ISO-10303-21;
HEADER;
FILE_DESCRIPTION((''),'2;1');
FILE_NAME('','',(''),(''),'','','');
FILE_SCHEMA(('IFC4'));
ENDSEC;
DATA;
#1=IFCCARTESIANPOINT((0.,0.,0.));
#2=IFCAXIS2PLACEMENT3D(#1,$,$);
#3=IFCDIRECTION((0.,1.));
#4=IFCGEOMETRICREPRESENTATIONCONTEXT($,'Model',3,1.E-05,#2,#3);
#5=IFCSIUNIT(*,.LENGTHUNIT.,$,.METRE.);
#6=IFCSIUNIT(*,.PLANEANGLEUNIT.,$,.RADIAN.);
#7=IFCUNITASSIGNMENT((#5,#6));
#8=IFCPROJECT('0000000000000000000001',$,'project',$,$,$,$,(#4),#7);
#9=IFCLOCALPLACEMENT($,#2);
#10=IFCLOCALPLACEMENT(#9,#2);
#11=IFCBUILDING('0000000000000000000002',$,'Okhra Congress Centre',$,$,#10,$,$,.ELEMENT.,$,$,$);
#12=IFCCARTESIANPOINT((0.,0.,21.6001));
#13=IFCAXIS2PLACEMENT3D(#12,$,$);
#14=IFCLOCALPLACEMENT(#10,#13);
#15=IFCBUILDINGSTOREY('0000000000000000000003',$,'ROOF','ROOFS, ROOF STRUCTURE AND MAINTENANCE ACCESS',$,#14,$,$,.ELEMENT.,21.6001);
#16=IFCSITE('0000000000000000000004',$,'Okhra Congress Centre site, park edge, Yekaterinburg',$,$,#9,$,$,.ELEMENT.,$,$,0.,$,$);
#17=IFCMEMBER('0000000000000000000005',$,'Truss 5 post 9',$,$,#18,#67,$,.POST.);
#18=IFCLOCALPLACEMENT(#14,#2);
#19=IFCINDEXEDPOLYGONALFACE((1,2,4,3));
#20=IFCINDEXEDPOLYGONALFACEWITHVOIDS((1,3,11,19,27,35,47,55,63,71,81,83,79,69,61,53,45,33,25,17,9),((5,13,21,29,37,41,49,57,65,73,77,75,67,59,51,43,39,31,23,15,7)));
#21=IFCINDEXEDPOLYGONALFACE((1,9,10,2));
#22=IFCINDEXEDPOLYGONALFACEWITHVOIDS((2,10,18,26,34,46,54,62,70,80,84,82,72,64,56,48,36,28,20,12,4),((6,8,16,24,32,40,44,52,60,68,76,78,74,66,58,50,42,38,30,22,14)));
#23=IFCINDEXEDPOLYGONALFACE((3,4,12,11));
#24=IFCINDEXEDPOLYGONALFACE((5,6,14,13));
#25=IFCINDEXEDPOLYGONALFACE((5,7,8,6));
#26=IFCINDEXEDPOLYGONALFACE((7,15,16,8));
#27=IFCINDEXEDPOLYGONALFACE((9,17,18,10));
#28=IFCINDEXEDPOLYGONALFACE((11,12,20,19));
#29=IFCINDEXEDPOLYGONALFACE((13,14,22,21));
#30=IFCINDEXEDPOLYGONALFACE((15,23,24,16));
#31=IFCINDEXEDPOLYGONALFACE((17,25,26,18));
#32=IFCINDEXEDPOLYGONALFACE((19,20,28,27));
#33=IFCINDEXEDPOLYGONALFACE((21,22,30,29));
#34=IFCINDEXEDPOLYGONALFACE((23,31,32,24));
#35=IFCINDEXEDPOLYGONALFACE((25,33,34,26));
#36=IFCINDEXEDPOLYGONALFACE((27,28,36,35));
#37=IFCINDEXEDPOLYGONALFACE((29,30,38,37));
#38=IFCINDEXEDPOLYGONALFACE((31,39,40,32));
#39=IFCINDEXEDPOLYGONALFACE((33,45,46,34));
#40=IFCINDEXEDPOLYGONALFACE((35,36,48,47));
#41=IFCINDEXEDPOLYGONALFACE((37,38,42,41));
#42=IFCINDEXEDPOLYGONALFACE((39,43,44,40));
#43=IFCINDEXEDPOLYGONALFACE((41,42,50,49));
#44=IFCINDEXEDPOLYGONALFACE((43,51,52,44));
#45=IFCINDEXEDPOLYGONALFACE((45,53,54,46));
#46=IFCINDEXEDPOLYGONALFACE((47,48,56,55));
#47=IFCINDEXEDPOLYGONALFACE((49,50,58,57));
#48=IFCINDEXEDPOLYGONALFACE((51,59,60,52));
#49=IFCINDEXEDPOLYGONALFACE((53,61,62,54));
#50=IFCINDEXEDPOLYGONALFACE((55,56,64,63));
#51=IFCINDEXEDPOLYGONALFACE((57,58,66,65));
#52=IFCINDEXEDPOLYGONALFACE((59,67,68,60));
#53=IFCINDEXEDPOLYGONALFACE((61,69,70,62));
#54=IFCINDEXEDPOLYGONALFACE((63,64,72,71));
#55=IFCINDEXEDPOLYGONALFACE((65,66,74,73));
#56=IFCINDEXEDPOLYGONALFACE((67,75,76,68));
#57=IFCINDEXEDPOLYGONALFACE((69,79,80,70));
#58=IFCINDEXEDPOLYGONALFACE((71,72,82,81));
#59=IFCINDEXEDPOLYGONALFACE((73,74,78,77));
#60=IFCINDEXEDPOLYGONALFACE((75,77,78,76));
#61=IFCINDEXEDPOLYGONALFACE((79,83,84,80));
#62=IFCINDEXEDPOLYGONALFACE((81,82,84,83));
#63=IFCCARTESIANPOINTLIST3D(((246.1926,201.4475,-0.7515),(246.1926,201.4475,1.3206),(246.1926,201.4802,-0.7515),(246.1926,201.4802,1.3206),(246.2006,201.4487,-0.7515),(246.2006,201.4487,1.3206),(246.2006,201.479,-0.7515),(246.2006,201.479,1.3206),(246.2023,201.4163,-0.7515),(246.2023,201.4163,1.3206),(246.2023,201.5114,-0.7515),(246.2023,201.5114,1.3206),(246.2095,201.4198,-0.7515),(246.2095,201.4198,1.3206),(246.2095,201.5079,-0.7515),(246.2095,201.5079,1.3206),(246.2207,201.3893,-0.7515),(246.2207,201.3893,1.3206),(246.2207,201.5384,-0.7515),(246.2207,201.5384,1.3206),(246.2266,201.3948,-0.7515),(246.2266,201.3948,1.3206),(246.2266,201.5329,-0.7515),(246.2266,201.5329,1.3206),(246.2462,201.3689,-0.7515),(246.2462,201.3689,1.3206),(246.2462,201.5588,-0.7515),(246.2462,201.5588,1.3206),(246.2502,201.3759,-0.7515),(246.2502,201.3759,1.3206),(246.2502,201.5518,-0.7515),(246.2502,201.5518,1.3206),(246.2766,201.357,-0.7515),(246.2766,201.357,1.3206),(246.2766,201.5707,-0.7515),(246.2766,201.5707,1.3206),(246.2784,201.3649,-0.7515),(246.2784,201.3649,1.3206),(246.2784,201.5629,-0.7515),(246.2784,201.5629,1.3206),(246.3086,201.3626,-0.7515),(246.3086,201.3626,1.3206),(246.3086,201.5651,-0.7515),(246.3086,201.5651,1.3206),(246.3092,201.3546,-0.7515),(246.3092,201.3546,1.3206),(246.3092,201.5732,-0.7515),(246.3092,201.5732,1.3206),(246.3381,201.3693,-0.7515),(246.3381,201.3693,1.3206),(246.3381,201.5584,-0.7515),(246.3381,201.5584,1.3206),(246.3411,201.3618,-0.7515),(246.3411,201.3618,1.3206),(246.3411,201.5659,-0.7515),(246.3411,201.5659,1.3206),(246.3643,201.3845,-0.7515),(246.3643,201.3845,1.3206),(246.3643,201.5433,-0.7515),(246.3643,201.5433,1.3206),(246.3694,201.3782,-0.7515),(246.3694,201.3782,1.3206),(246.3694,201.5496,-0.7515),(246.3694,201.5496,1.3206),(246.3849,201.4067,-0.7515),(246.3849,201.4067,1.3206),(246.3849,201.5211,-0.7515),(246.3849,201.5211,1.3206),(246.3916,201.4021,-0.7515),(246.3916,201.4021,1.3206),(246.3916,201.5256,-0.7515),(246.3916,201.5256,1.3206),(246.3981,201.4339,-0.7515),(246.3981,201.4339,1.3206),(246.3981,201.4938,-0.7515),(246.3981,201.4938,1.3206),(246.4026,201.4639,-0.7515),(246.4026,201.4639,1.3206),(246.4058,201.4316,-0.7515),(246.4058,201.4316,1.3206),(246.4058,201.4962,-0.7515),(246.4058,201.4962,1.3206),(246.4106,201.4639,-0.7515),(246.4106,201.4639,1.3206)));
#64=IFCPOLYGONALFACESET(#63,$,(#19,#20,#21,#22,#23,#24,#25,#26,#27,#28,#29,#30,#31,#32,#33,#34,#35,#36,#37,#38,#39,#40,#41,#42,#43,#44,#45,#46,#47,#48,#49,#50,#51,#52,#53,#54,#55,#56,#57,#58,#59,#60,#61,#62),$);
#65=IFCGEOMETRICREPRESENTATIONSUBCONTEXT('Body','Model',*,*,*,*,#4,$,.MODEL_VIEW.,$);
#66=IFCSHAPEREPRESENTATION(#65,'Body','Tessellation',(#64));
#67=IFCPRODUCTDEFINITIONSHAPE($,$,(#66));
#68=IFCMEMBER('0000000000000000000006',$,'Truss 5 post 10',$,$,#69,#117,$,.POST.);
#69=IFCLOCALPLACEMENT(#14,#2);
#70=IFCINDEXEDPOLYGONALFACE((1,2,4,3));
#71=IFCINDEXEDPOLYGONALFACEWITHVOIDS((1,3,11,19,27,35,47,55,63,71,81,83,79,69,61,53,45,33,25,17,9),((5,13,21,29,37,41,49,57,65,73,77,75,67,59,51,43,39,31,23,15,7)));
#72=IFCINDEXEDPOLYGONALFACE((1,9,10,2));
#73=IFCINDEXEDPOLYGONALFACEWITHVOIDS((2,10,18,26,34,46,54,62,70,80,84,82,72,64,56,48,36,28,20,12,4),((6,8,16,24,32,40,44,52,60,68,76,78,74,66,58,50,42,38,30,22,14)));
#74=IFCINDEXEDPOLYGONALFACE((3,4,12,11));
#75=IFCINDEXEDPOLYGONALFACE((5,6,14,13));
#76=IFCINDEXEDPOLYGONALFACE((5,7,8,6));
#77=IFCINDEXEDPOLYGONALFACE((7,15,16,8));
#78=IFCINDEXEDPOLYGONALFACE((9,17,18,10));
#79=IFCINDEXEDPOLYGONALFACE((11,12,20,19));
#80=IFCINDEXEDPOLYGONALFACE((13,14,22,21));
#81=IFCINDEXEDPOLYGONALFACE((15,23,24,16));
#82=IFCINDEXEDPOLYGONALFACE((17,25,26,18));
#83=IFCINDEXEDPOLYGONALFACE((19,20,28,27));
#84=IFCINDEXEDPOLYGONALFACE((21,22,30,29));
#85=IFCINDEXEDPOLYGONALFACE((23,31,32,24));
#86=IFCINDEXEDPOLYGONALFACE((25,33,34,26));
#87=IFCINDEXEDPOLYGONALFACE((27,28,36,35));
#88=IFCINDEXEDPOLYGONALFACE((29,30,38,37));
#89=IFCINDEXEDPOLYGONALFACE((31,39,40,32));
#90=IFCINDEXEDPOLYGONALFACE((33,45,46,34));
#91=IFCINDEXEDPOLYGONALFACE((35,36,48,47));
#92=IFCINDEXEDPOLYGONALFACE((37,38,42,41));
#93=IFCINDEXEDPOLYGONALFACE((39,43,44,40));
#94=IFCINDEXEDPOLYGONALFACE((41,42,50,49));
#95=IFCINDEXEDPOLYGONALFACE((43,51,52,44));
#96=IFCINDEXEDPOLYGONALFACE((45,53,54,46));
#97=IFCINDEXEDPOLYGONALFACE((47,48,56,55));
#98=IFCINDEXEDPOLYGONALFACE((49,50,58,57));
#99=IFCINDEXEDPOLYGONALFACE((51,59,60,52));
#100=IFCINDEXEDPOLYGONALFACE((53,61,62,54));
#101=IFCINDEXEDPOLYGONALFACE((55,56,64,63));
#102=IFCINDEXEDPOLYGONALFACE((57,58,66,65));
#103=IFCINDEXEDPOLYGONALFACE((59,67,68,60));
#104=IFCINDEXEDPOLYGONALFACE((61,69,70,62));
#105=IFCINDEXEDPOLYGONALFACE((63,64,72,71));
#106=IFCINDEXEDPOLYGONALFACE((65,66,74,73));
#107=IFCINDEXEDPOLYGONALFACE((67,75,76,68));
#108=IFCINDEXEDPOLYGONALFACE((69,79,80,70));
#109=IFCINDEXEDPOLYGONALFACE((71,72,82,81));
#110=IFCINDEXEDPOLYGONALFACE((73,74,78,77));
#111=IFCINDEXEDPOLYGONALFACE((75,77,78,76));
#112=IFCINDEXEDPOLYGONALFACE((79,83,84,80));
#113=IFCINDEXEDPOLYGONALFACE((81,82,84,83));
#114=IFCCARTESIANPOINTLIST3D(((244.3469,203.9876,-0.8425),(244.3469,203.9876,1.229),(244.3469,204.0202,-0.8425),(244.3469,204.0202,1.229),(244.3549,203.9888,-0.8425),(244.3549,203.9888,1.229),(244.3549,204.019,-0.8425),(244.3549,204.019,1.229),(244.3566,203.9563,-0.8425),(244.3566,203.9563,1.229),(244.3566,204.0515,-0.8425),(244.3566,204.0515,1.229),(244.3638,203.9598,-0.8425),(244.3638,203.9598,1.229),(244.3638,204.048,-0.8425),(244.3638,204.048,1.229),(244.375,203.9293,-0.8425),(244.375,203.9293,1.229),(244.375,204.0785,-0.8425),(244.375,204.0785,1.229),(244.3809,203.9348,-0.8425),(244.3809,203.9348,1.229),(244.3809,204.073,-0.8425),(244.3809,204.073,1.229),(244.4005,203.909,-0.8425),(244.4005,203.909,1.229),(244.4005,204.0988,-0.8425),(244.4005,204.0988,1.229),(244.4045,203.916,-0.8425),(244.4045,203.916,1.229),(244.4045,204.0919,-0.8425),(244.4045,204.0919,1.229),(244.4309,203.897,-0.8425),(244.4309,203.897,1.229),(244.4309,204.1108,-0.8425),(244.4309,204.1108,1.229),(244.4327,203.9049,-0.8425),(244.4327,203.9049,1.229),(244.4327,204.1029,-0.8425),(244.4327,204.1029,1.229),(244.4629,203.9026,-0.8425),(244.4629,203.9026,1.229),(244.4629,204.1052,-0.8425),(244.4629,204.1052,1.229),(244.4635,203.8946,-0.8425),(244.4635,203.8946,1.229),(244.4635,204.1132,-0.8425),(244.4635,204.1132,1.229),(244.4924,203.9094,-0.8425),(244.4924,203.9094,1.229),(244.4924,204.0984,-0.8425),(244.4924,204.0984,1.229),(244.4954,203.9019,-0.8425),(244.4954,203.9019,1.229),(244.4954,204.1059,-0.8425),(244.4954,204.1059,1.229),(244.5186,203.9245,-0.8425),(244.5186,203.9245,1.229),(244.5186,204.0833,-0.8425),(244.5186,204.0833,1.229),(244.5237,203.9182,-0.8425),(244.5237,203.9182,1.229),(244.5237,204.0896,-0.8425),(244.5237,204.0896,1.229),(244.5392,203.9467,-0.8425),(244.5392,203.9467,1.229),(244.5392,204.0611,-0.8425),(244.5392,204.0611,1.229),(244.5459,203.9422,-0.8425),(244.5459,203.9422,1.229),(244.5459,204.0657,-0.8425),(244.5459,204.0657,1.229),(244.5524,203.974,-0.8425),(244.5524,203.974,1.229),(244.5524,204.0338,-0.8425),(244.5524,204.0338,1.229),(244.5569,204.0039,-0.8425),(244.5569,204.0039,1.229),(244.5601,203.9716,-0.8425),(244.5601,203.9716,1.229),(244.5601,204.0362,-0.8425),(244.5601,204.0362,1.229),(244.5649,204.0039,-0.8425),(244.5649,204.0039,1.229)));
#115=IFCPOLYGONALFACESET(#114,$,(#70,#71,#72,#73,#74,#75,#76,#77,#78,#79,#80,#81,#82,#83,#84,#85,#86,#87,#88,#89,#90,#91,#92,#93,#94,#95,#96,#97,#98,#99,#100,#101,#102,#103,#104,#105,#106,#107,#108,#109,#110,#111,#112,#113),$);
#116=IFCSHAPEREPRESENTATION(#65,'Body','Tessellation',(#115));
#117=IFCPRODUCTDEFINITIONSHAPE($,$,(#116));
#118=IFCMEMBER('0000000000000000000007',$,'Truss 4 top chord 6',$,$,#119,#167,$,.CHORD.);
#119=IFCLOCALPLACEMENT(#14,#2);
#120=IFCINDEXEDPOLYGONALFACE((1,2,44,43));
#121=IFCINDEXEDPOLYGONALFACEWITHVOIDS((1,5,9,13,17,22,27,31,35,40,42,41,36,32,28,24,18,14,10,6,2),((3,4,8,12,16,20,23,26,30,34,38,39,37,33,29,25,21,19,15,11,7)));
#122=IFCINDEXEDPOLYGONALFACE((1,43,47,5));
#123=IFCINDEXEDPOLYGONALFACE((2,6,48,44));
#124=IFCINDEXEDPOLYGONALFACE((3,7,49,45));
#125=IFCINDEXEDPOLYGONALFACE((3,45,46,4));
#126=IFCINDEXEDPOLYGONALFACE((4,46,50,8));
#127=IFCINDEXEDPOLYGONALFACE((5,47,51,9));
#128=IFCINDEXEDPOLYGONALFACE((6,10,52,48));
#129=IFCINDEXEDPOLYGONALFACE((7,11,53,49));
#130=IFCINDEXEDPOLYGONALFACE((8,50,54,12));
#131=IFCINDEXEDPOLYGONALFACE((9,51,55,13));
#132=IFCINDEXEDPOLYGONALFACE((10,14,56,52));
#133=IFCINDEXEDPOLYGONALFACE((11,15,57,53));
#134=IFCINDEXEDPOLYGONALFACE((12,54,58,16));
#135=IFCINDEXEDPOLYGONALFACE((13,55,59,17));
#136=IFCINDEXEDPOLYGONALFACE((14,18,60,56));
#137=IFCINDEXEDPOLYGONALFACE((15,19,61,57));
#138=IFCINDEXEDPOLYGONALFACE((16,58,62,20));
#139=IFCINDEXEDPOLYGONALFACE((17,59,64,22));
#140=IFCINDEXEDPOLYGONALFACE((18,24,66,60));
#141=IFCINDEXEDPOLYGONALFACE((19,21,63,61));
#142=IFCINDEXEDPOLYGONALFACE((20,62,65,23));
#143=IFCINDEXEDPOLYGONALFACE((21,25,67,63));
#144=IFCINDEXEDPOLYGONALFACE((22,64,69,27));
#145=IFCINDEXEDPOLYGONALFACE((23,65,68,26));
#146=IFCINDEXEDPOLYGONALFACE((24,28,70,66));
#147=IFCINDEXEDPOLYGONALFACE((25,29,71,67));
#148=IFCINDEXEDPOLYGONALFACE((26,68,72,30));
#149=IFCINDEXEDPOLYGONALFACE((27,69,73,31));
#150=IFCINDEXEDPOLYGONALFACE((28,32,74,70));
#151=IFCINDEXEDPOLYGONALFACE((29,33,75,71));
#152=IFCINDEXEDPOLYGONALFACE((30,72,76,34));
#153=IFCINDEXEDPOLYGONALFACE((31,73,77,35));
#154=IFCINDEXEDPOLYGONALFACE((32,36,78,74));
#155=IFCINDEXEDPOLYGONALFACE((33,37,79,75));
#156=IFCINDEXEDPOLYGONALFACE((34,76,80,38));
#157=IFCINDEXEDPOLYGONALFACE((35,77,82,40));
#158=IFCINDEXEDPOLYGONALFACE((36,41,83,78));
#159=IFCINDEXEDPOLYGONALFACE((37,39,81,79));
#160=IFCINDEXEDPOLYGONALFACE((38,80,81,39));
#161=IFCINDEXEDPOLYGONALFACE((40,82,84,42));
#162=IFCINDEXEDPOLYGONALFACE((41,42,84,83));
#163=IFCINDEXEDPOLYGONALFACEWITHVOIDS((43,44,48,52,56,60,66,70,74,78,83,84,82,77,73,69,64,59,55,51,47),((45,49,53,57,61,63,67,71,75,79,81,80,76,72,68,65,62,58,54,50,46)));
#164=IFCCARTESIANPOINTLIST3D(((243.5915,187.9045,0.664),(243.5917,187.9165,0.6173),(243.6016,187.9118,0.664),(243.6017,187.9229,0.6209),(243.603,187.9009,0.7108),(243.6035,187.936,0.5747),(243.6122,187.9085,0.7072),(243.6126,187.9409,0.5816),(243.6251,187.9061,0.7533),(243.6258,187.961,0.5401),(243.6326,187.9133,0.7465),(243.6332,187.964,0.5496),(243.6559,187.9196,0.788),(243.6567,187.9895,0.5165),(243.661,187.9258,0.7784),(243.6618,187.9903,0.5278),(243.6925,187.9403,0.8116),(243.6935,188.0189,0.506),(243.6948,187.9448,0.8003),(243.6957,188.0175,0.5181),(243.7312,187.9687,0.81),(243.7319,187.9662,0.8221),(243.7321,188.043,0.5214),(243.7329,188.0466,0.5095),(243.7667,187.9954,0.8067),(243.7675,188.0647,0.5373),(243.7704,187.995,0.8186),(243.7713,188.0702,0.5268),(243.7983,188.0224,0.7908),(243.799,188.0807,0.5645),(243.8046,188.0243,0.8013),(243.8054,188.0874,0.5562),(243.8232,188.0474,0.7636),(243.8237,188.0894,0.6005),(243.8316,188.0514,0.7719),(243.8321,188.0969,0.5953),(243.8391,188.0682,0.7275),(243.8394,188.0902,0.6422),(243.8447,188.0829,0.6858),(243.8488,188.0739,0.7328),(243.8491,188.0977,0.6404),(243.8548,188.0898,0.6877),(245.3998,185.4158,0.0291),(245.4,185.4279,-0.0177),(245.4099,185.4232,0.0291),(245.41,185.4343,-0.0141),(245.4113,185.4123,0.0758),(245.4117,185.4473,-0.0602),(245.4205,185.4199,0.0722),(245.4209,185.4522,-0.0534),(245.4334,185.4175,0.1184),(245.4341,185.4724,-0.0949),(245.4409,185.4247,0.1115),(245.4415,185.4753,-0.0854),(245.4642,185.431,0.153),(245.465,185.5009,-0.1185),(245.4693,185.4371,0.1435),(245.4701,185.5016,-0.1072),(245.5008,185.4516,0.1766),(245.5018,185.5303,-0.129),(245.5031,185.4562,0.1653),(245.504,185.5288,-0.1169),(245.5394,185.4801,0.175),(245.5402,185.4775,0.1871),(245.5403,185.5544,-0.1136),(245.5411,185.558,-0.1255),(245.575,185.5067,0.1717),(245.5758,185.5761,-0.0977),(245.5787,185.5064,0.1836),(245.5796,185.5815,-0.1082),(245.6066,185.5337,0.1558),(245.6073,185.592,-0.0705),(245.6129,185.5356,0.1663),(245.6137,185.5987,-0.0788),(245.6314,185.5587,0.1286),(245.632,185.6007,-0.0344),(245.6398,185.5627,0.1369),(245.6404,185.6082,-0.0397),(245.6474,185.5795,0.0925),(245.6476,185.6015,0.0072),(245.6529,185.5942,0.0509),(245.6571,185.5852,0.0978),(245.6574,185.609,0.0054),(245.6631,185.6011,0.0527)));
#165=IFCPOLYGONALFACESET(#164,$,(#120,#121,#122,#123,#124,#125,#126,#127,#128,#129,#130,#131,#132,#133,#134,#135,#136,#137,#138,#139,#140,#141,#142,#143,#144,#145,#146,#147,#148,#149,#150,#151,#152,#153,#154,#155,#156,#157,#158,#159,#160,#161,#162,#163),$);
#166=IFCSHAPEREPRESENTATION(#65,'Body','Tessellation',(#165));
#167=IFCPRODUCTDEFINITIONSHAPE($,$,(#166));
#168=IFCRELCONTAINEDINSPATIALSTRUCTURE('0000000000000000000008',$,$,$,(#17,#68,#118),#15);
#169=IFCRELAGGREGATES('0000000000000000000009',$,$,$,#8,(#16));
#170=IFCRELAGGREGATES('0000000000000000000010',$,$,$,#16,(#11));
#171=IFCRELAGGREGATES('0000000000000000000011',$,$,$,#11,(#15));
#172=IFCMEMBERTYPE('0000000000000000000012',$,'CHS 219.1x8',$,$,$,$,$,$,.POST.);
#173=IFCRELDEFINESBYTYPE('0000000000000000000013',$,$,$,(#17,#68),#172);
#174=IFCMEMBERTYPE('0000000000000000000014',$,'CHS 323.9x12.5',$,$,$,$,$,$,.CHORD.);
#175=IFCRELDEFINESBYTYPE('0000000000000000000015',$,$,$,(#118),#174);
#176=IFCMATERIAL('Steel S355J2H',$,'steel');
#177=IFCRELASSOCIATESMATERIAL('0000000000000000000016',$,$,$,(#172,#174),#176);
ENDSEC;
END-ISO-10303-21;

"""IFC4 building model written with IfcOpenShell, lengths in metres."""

from ifc_helpers import new_model, si_unit, direction, frame, origin, origin_2d, place, context, subcontext, project, spatial, hollow_circle, extrude, material, material_profile, profile_set, type_object, element, save


model = new_model("IFC4")

# Units and contexts
model_context = context("Model", 3, precision=1e-05, world=origin(), true_north=direction((0.0, 1.0)))
body_context = subcontext(model_context, "Body", "Model", "MODEL_VIEW")
ifc_project = project(units=[si_unit("LENGTHUNIT", "METRE"), si_unit("PLANEANGLEUNIT", "RADIAN")], contexts=[model_context])

# Site, building, storey
site_placement = place(None, origin())
site = spatial("IfcSite", under=ifc_project, at=site_placement, Name="Okhra Congress Centre site, park edge, Yekaterinburg", CompositionType="ELEMENT", RefElevation=0.0)
building_placement = place(site_placement, origin())
building = spatial("IfcBuilding", under=site, at=building_placement, Name="Okhra Congress Centre", CompositionType="ELEMENT")
storey_placement = place(building_placement, frame((0.0, 0.0, 21.6001)))
storey = spatial("IfcBuildingStorey", under=building, at=storey_placement, Name="ROOF", Description="ROOFS, ROOF STRUCTURE AND MAINTENANCE ACCESS", CompositionType="ELEMENT", Elevation=21.6001)

# Members
ifc_material_1 = material(Name="Steel S355J2H", Category="steel")
ifc_material_profile_1 = material_profile(ifc_material_1, hollow_circle(Radius=0.1096, WallThickness=0.0081, at=origin_2d()), Name="CHS 219.1x8")
ifc_profile_set_1 = profile_set([ifc_material_profile_1], Name="Steel S355J2H")
member_type_1 = type_object("IfcMemberType", Name="CHS 219.1x8", PredefinedType="POST", material=ifc_profile_set_1)
for number, where, z_axis, x_axis, name in (
    (1, (246.301, 201.4639, -0.7515), (0.0, 0.0, 1.0), (1.0, 0.0, 0.0), "Truss 5 post 9"),
):
    element("IfcMember", number, at=place(storey_placement, frame(where, z_axis=z_axis, x_axis=x_axis)), inside=storey, type_object=member_type_1, Name=name, PredefinedType="POST", context=body_context, shape_type="SweptSolid", body=[
        extrude(hollow_circle(Radius=0.1096, WallThickness=0.0081, at=origin_2d()), origin(), (0.0, 0.0, 1.0), 2.072),
    ])
member_1_placement = place(storey_placement, frame((244.4553, 204.0039, -0.8425), z_axis=(0.0, 0.0, 1.0), x_axis=(1.0, 0.0, 0.0)))
element("IfcMember", 2, at=member_1_placement, inside=storey, type_object=member_type_1, Name="Truss 5 post 10", PredefinedType="POST", context=body_context, shape_type="SweptSolid", body=[
    extrude(hollow_circle(Radius=0.1096, WallThickness=0.0081, at=origin_2d()), origin(), (0.0, 0.0, 1.0), 2.0715),
])
ifc_material_profile_2 = material_profile(ifc_material_1, hollow_circle(Radius=0.1619, WallThickness=0.0125, at=origin_2d()), Name="CHS 323.9x12.5")
ifc_profile_set_2 = profile_set([ifc_material_profile_2], Name="Steel S355J2H")
member_type_2 = type_object("IfcMemberType", Name="CHS 323.9x12.5", PredefinedType="CHORD", material=ifc_profile_set_2)
for number, where, z_axis, x_axis, name in (
    (3, (245.5308, 185.511, 0.0291), (-0.575682, 0.792291, 0.202153), (-0.808993, -0.587818, 0.0), "Truss 4 top chord 6"),
):
    element("IfcMember", number, at=place(storey_placement, frame(where, z_axis=z_axis, x_axis=x_axis)), inside=storey, type_object=member_type_2, Name=name, PredefinedType="CHORD", context=body_context, shape_type="SweptSolid", body=[
        extrude(hollow_circle(Radius=0.1619, WallThickness=0.0125, at=origin_2d()), origin(), (0.0, 0.0, 1.0), 3.1411),
    ])

save(model, "model.ifc")
